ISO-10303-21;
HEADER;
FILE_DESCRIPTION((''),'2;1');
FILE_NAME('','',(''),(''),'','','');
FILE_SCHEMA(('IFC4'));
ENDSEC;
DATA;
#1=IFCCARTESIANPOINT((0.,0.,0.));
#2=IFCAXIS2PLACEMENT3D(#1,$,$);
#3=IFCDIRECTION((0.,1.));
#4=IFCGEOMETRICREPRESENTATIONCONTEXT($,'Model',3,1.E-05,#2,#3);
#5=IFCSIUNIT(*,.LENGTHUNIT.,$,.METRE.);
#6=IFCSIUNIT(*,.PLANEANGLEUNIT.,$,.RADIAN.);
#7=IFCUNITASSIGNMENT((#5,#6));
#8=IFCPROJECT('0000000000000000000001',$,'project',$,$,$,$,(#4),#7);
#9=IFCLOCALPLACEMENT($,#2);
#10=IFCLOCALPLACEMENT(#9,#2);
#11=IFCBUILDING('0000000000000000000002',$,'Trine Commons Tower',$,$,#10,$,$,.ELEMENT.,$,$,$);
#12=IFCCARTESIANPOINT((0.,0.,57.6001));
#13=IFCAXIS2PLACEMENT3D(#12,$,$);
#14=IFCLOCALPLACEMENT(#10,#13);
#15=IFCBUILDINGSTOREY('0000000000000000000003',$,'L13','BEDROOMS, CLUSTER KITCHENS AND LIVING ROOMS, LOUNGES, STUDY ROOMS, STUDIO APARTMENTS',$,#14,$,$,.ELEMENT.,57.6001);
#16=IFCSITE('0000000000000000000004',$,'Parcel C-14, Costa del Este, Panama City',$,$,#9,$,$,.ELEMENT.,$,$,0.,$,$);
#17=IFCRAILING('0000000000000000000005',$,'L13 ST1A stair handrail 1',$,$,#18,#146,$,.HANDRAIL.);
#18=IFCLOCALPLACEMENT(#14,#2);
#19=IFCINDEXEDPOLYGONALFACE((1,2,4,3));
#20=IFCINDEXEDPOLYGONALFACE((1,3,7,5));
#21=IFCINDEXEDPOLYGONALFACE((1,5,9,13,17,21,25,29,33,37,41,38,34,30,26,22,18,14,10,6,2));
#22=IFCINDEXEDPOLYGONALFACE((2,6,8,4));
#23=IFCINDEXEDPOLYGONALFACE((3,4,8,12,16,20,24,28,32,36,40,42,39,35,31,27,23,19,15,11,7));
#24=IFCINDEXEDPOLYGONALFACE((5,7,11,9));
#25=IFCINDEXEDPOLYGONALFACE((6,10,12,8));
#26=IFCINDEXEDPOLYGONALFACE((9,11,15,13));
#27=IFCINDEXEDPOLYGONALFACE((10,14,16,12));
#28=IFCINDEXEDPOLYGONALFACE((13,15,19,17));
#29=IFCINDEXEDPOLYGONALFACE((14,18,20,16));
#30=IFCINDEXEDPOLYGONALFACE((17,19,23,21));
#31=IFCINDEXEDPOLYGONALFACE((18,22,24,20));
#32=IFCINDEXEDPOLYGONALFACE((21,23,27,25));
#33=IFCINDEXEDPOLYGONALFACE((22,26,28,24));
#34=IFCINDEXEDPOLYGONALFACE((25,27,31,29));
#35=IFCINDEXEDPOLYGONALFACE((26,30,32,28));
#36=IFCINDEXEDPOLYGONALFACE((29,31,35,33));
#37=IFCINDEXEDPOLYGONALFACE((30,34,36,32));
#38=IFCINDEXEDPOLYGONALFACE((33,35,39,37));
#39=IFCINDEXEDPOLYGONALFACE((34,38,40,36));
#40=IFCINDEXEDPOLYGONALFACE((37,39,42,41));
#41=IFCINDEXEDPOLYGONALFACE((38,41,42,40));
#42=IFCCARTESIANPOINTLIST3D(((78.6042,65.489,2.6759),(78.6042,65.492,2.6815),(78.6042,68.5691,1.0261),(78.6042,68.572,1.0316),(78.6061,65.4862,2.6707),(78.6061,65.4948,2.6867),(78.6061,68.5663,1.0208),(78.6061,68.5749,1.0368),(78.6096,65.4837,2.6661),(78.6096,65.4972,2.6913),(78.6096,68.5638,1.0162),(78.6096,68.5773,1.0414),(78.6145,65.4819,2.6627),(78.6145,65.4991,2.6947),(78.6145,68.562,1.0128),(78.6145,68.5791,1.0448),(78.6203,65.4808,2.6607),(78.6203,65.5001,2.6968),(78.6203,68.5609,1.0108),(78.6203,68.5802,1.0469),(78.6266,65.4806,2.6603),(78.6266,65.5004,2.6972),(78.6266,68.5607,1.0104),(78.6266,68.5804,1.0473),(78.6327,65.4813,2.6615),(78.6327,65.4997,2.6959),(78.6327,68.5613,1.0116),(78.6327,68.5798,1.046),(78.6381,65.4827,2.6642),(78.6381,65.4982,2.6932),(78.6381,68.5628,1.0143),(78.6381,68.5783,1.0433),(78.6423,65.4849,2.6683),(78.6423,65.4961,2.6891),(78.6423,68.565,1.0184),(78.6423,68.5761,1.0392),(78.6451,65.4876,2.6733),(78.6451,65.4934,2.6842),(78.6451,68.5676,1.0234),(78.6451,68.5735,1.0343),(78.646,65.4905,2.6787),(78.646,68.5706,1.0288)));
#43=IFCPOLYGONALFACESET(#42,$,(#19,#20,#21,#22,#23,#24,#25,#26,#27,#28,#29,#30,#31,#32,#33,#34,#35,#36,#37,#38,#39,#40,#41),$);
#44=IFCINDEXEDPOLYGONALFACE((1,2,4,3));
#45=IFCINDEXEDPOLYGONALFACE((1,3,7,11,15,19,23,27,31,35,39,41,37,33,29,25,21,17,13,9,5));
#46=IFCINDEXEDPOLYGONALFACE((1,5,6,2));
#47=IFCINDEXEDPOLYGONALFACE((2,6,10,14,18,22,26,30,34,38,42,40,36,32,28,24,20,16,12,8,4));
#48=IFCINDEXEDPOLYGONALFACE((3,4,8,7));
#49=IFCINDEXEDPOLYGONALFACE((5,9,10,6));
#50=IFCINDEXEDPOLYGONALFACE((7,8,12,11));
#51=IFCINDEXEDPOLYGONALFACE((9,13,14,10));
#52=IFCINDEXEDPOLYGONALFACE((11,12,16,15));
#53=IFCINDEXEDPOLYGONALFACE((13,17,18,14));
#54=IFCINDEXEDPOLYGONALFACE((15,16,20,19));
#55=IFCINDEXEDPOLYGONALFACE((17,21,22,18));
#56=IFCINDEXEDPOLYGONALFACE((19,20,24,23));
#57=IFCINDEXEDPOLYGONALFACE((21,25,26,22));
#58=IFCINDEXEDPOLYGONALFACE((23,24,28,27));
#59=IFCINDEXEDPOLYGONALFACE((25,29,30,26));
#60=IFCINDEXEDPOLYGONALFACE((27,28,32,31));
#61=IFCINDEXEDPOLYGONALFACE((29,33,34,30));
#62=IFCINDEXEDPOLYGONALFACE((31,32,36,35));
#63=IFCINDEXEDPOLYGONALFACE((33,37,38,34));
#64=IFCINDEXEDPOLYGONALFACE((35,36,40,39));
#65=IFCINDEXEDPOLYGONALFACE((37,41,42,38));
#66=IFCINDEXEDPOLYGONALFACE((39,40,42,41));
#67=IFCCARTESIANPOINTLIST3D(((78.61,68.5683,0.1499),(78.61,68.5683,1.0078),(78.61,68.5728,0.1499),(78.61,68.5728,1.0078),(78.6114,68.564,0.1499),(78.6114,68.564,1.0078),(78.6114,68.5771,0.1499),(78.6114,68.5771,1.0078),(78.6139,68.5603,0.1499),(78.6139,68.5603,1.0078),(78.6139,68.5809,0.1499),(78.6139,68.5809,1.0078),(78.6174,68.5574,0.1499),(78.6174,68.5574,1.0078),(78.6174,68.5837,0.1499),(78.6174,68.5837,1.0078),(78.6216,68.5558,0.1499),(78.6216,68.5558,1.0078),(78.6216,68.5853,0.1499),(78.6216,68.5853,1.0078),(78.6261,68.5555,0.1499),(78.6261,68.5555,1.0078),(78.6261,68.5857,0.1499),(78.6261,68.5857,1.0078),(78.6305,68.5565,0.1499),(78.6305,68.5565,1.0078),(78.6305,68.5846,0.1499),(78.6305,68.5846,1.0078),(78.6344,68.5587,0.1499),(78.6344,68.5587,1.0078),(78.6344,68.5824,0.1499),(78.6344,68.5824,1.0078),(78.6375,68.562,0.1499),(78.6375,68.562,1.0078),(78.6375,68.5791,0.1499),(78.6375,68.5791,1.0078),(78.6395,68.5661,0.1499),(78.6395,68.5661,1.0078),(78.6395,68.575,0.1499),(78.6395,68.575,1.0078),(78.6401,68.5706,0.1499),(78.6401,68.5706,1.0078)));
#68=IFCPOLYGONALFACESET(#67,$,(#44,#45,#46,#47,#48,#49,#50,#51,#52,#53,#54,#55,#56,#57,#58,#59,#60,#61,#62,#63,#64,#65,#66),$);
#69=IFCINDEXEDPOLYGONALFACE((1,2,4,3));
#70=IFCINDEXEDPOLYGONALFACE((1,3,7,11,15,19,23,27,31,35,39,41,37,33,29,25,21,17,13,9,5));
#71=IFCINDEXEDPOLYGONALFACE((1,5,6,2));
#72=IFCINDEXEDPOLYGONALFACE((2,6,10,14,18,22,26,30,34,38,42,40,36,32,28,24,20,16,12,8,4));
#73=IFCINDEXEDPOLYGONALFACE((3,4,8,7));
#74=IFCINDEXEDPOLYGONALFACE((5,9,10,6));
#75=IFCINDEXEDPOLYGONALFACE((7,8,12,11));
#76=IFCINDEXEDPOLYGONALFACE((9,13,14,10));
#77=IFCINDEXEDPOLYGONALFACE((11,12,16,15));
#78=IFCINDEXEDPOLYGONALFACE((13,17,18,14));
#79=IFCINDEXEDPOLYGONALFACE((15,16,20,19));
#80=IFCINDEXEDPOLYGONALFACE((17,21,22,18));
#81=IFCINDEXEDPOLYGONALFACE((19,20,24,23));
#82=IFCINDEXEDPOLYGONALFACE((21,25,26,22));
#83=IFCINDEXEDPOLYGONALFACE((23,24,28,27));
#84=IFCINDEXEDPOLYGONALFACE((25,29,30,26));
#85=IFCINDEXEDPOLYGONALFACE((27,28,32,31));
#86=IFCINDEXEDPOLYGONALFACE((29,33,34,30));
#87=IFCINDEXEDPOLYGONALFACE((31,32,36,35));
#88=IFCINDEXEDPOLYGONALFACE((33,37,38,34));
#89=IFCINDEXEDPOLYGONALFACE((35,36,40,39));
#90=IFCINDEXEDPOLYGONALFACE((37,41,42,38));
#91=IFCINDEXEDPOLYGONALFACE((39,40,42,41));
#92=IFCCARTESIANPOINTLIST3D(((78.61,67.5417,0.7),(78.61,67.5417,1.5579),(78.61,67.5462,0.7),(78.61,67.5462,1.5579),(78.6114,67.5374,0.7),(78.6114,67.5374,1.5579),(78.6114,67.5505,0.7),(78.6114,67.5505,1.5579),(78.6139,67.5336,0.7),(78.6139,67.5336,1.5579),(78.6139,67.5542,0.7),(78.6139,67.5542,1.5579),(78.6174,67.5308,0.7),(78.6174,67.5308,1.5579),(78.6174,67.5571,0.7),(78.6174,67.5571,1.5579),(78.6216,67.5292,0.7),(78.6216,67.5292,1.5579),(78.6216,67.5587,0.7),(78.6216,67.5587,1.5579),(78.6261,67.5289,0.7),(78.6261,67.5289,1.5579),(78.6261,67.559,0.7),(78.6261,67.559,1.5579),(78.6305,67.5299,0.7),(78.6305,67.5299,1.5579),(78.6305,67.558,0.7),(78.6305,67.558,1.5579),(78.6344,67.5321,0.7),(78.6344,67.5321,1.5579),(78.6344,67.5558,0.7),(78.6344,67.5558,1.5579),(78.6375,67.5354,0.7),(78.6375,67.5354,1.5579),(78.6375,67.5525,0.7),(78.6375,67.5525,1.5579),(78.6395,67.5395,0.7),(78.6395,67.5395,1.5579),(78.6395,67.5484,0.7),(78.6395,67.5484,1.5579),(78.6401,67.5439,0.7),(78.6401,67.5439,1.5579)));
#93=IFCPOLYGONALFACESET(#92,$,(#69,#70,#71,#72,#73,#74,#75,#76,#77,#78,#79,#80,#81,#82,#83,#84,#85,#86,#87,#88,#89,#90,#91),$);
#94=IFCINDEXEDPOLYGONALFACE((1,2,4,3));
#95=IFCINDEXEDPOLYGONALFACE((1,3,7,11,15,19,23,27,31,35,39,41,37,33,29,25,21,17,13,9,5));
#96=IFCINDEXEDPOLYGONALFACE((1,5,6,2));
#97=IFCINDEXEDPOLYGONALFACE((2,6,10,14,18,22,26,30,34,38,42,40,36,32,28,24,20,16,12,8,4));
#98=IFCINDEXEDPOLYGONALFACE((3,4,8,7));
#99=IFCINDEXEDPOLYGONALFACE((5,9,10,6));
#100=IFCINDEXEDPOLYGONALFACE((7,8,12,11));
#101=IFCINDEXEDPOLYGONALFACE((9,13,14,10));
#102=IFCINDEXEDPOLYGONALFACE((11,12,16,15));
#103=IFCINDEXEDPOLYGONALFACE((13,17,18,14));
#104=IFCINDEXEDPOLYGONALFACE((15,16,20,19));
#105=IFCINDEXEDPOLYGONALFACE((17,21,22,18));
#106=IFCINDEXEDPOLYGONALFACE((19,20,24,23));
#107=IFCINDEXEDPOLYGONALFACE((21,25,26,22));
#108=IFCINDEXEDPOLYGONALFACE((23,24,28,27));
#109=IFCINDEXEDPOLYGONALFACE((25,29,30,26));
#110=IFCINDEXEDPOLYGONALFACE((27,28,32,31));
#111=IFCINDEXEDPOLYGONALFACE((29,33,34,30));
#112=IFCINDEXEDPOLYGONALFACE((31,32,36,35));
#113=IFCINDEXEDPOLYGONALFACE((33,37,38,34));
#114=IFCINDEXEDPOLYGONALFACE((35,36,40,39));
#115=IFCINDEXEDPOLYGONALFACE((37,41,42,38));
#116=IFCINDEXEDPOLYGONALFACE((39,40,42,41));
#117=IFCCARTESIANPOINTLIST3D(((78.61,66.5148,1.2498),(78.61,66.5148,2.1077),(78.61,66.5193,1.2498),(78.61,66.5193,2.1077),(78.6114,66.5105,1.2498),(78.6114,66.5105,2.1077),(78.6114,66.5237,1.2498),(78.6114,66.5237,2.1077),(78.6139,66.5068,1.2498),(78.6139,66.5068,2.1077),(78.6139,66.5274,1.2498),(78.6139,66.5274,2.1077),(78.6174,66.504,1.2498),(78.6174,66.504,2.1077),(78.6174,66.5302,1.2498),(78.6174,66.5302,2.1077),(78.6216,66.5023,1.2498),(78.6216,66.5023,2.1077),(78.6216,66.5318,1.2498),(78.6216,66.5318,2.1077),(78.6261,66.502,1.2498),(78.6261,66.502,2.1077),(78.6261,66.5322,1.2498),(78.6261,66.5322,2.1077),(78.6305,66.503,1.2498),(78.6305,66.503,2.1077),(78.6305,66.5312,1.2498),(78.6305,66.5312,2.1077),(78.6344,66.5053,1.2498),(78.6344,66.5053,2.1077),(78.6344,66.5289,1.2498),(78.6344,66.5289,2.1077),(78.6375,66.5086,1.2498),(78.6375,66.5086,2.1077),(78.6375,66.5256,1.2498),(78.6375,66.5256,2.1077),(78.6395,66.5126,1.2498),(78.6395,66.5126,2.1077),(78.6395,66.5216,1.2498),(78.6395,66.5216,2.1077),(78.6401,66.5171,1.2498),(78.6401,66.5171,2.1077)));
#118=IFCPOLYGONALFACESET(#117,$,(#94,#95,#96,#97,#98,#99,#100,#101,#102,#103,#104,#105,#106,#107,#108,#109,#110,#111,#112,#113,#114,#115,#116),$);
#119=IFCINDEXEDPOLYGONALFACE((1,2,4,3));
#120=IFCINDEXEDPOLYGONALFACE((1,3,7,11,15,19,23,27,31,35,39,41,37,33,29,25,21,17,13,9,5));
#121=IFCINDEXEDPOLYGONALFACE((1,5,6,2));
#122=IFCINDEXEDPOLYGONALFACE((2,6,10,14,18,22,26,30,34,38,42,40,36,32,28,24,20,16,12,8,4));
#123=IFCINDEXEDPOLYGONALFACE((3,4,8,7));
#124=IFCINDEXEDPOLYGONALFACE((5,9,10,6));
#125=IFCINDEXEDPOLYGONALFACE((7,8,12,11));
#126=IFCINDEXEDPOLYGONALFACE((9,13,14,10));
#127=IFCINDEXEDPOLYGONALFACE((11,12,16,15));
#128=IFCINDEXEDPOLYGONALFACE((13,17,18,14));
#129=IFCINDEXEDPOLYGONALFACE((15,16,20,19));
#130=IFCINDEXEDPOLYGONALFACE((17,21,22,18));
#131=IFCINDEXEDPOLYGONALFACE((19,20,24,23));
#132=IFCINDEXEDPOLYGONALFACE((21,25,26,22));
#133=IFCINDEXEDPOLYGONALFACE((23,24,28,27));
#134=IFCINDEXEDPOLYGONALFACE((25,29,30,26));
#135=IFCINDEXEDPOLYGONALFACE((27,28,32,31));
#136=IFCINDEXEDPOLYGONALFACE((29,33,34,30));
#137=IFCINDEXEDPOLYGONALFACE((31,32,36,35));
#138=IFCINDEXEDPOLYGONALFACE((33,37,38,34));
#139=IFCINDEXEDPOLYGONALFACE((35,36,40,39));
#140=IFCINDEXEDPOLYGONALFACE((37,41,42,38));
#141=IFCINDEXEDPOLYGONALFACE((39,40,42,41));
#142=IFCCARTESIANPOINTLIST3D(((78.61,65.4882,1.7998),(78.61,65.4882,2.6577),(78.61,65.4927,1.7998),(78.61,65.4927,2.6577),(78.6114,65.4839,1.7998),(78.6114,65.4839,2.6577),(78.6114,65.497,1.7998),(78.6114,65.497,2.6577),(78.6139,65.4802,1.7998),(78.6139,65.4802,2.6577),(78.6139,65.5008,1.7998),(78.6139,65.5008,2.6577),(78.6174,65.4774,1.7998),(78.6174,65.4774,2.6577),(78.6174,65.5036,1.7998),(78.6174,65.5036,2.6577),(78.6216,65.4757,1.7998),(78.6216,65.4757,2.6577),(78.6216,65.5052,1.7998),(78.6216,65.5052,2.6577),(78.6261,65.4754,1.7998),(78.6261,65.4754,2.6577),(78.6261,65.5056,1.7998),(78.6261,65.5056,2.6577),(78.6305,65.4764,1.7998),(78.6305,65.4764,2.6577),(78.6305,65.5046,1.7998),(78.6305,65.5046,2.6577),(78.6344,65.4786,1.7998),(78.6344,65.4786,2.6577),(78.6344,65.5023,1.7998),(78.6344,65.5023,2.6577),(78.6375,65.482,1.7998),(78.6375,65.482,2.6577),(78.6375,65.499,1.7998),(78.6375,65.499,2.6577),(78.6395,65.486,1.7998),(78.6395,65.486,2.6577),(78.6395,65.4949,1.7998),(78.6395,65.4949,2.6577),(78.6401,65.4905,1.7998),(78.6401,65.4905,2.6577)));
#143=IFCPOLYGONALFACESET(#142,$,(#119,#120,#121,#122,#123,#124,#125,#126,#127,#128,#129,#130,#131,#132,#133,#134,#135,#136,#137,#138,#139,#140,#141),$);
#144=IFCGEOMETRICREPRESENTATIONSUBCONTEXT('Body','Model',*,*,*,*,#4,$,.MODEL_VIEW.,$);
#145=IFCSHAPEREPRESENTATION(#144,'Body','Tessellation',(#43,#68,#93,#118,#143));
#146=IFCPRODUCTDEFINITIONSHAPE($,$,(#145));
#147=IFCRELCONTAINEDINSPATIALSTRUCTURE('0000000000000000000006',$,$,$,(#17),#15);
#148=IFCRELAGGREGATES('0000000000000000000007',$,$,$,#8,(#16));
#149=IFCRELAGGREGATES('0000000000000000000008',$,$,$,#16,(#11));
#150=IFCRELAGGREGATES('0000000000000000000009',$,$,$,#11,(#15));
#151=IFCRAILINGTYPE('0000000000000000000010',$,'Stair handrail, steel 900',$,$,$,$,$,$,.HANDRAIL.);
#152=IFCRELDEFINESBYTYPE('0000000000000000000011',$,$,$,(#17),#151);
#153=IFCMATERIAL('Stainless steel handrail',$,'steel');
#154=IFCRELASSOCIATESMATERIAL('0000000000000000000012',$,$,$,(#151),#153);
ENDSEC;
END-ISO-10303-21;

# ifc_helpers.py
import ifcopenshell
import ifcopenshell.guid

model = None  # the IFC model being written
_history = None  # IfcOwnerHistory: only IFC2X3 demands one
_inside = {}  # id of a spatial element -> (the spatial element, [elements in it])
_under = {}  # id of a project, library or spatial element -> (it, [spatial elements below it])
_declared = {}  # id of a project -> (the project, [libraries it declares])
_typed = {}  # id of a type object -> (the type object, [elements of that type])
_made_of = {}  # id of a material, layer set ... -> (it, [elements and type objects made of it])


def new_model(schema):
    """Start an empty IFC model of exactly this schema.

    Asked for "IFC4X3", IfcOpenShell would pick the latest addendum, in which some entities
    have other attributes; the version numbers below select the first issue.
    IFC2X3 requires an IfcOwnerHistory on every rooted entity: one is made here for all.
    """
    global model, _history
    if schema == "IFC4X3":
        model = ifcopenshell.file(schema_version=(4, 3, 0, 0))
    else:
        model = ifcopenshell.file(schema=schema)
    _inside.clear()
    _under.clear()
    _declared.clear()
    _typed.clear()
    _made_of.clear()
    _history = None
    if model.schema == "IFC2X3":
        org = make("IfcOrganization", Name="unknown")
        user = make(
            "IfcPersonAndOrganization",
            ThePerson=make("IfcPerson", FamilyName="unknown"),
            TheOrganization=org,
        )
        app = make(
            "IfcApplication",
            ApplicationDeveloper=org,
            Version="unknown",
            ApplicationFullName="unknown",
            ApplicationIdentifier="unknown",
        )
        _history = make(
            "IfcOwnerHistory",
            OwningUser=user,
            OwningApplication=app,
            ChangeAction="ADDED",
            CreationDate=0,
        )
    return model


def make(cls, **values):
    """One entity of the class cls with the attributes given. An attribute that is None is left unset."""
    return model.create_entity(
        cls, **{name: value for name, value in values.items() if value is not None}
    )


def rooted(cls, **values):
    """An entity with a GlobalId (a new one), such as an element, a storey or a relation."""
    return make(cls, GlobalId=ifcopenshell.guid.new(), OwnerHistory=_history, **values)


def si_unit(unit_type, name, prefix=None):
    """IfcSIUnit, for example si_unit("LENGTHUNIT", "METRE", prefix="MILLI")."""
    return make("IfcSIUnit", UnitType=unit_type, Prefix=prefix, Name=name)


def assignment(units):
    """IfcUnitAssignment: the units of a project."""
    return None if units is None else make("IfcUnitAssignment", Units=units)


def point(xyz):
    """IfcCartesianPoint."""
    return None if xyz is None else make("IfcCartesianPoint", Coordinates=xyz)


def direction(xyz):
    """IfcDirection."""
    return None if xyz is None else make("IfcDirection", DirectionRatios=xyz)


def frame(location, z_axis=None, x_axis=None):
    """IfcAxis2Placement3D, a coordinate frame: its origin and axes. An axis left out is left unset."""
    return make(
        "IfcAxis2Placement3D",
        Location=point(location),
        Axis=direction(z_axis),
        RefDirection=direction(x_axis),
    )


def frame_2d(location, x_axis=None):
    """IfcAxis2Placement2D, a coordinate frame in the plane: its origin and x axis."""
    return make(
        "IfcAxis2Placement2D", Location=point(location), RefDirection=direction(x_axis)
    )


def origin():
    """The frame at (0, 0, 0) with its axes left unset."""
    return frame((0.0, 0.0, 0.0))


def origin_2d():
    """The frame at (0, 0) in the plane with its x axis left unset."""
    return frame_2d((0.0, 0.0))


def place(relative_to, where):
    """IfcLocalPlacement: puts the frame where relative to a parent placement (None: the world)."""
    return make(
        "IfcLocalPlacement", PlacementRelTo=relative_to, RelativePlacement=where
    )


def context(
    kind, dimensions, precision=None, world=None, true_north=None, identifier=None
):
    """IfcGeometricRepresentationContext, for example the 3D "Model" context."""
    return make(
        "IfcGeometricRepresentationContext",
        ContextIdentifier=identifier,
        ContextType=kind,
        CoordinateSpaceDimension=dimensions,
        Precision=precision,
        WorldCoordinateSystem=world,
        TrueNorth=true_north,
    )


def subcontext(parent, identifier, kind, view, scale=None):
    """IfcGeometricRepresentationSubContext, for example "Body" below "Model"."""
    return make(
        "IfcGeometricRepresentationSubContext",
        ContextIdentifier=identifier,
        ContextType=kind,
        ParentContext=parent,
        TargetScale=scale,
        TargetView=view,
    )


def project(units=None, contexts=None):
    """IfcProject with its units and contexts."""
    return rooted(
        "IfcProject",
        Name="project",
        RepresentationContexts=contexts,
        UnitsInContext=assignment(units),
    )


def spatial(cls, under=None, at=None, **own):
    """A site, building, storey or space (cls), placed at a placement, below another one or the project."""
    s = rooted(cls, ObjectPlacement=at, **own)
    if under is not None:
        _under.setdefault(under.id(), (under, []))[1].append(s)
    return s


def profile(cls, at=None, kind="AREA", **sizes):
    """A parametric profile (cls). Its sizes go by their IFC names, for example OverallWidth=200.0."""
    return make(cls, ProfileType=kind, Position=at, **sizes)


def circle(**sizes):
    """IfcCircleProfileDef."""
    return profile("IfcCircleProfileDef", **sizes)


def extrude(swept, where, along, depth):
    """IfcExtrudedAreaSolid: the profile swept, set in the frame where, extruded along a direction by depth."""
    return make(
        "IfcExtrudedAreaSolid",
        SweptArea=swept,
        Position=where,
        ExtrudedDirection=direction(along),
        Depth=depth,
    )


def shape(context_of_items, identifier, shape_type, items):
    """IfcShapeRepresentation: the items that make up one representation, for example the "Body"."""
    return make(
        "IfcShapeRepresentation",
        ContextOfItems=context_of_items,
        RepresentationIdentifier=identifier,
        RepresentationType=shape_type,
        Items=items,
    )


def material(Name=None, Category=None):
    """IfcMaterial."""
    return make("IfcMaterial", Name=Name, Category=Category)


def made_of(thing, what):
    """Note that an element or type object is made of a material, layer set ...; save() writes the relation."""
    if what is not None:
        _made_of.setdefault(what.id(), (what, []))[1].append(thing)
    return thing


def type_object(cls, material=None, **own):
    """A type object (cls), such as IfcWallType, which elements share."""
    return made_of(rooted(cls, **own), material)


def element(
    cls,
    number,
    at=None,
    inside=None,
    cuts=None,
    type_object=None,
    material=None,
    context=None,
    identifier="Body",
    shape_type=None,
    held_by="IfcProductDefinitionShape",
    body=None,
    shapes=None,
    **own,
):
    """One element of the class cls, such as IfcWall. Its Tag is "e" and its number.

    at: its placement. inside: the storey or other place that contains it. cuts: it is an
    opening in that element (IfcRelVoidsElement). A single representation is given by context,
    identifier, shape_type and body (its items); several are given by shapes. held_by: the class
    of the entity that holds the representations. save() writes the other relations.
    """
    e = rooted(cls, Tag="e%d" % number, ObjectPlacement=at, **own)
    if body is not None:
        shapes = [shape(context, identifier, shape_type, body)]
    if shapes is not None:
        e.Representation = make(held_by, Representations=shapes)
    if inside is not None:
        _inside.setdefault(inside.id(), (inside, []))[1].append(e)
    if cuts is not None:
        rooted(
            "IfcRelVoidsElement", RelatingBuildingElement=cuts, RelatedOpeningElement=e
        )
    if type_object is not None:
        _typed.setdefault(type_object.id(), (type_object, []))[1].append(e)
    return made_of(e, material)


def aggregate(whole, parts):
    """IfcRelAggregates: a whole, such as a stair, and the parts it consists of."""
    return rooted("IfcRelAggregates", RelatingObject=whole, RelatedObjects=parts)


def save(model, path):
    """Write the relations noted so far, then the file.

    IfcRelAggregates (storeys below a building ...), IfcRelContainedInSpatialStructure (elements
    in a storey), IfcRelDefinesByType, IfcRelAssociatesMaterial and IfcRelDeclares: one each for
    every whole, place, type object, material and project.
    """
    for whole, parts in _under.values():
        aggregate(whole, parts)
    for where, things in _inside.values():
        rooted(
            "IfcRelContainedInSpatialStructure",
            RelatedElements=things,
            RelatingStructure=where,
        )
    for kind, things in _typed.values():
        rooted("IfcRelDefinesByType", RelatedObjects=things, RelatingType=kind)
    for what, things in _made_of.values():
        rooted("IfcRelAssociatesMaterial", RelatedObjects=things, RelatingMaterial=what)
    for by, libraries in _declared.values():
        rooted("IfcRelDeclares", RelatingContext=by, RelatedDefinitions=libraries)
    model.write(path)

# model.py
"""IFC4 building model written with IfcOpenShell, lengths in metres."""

from ifc_helpers import new_model, si_unit, direction, frame, origin, origin_2d, place, context, subcontext, project, spatial, circle, extrude, material, type_object, element, save


model = new_model("IFC4")

# Units and contexts
model_context = context("Model", 3, precision=1e-05, world=origin(), true_north=direction((0.0, 1.0)))
body_context = subcontext(model_context, "Body", "Model", "MODEL_VIEW")
ifc_project = project(units=[si_unit("LENGTHUNIT", "METRE"), si_unit("PLANEANGLEUNIT", "RADIAN")], contexts=[model_context])

# Site, building, storey
site_placement = place(None, origin())
site = spatial("IfcSite", under=ifc_project, at=site_placement, Name="Parcel C-14, Costa del Este, Panama City", CompositionType="ELEMENT", RefElevation=0.0)
building_placement = place(site_placement, origin())
building = spatial("IfcBuilding", under=site, at=building_placement, Name="Trine Commons Tower", CompositionType="ELEMENT")
storey_placement = place(building_placement, frame((0.0, 0.0, 57.6001)))
storey = spatial("IfcBuildingStorey", under=building, at=storey_placement, Name="L13", Description="BEDROOMS, CLUSTER KITCHENS AND LIVING ROOMS, LOUNGES, STUDY ROOMS, STUDIO APARTMENTS", CompositionType="ELEMENT", Elevation=57.6001)

# Railing
ifc_material_1 = material(Name="Stainless steel handrail", Category="steel")
railing_type = type_object("IfcRailingType", Name="Stair handrail, steel 900", PredefinedType="HANDRAIL", material=ifc_material_1)
railing_placement = place(storey_placement, frame((78.625, 68.5706, 0.1499)))
element("IfcRailing", 1, at=railing_placement, inside=storey, type_object=railing_type, Name="L13 ST1A stair handrail 1", PredefinedType="HANDRAIL", context=body_context, shape_type="SweptSolid", body=[
    extrude(circle(Radius=0.021, at=origin_2d()), frame((0.0, 0.0, 0.8789), z_axis=(0.0, -0.881497, 0.47219), x_axis=(1.0, 0.0, 0.0)), (0.0, 0.0, 1.0), 3.4941),
    extrude(circle(Radius=0.0151, at=origin_2d()), origin(), (0.0, 0.0, 1.0), 0.8579),
    extrude(circle(Radius=0.0151, at=origin_2d()), frame((0.0, -1.0266, 0.55)), (0.0, 0.0, 1.0), 0.8579),
    extrude(circle(Radius=0.0151, at=origin_2d()), frame((0.0, -2.0535, 1.0999)), (0.0, 0.0, 1.0), 0.8579),
    extrude(circle(Radius=0.0151, at=origin_2d()), frame((0.0, -3.0801, 1.6499)), (0.0, 0.0, 1.0), 0.8579),
])

save(model, "model.ifc")
